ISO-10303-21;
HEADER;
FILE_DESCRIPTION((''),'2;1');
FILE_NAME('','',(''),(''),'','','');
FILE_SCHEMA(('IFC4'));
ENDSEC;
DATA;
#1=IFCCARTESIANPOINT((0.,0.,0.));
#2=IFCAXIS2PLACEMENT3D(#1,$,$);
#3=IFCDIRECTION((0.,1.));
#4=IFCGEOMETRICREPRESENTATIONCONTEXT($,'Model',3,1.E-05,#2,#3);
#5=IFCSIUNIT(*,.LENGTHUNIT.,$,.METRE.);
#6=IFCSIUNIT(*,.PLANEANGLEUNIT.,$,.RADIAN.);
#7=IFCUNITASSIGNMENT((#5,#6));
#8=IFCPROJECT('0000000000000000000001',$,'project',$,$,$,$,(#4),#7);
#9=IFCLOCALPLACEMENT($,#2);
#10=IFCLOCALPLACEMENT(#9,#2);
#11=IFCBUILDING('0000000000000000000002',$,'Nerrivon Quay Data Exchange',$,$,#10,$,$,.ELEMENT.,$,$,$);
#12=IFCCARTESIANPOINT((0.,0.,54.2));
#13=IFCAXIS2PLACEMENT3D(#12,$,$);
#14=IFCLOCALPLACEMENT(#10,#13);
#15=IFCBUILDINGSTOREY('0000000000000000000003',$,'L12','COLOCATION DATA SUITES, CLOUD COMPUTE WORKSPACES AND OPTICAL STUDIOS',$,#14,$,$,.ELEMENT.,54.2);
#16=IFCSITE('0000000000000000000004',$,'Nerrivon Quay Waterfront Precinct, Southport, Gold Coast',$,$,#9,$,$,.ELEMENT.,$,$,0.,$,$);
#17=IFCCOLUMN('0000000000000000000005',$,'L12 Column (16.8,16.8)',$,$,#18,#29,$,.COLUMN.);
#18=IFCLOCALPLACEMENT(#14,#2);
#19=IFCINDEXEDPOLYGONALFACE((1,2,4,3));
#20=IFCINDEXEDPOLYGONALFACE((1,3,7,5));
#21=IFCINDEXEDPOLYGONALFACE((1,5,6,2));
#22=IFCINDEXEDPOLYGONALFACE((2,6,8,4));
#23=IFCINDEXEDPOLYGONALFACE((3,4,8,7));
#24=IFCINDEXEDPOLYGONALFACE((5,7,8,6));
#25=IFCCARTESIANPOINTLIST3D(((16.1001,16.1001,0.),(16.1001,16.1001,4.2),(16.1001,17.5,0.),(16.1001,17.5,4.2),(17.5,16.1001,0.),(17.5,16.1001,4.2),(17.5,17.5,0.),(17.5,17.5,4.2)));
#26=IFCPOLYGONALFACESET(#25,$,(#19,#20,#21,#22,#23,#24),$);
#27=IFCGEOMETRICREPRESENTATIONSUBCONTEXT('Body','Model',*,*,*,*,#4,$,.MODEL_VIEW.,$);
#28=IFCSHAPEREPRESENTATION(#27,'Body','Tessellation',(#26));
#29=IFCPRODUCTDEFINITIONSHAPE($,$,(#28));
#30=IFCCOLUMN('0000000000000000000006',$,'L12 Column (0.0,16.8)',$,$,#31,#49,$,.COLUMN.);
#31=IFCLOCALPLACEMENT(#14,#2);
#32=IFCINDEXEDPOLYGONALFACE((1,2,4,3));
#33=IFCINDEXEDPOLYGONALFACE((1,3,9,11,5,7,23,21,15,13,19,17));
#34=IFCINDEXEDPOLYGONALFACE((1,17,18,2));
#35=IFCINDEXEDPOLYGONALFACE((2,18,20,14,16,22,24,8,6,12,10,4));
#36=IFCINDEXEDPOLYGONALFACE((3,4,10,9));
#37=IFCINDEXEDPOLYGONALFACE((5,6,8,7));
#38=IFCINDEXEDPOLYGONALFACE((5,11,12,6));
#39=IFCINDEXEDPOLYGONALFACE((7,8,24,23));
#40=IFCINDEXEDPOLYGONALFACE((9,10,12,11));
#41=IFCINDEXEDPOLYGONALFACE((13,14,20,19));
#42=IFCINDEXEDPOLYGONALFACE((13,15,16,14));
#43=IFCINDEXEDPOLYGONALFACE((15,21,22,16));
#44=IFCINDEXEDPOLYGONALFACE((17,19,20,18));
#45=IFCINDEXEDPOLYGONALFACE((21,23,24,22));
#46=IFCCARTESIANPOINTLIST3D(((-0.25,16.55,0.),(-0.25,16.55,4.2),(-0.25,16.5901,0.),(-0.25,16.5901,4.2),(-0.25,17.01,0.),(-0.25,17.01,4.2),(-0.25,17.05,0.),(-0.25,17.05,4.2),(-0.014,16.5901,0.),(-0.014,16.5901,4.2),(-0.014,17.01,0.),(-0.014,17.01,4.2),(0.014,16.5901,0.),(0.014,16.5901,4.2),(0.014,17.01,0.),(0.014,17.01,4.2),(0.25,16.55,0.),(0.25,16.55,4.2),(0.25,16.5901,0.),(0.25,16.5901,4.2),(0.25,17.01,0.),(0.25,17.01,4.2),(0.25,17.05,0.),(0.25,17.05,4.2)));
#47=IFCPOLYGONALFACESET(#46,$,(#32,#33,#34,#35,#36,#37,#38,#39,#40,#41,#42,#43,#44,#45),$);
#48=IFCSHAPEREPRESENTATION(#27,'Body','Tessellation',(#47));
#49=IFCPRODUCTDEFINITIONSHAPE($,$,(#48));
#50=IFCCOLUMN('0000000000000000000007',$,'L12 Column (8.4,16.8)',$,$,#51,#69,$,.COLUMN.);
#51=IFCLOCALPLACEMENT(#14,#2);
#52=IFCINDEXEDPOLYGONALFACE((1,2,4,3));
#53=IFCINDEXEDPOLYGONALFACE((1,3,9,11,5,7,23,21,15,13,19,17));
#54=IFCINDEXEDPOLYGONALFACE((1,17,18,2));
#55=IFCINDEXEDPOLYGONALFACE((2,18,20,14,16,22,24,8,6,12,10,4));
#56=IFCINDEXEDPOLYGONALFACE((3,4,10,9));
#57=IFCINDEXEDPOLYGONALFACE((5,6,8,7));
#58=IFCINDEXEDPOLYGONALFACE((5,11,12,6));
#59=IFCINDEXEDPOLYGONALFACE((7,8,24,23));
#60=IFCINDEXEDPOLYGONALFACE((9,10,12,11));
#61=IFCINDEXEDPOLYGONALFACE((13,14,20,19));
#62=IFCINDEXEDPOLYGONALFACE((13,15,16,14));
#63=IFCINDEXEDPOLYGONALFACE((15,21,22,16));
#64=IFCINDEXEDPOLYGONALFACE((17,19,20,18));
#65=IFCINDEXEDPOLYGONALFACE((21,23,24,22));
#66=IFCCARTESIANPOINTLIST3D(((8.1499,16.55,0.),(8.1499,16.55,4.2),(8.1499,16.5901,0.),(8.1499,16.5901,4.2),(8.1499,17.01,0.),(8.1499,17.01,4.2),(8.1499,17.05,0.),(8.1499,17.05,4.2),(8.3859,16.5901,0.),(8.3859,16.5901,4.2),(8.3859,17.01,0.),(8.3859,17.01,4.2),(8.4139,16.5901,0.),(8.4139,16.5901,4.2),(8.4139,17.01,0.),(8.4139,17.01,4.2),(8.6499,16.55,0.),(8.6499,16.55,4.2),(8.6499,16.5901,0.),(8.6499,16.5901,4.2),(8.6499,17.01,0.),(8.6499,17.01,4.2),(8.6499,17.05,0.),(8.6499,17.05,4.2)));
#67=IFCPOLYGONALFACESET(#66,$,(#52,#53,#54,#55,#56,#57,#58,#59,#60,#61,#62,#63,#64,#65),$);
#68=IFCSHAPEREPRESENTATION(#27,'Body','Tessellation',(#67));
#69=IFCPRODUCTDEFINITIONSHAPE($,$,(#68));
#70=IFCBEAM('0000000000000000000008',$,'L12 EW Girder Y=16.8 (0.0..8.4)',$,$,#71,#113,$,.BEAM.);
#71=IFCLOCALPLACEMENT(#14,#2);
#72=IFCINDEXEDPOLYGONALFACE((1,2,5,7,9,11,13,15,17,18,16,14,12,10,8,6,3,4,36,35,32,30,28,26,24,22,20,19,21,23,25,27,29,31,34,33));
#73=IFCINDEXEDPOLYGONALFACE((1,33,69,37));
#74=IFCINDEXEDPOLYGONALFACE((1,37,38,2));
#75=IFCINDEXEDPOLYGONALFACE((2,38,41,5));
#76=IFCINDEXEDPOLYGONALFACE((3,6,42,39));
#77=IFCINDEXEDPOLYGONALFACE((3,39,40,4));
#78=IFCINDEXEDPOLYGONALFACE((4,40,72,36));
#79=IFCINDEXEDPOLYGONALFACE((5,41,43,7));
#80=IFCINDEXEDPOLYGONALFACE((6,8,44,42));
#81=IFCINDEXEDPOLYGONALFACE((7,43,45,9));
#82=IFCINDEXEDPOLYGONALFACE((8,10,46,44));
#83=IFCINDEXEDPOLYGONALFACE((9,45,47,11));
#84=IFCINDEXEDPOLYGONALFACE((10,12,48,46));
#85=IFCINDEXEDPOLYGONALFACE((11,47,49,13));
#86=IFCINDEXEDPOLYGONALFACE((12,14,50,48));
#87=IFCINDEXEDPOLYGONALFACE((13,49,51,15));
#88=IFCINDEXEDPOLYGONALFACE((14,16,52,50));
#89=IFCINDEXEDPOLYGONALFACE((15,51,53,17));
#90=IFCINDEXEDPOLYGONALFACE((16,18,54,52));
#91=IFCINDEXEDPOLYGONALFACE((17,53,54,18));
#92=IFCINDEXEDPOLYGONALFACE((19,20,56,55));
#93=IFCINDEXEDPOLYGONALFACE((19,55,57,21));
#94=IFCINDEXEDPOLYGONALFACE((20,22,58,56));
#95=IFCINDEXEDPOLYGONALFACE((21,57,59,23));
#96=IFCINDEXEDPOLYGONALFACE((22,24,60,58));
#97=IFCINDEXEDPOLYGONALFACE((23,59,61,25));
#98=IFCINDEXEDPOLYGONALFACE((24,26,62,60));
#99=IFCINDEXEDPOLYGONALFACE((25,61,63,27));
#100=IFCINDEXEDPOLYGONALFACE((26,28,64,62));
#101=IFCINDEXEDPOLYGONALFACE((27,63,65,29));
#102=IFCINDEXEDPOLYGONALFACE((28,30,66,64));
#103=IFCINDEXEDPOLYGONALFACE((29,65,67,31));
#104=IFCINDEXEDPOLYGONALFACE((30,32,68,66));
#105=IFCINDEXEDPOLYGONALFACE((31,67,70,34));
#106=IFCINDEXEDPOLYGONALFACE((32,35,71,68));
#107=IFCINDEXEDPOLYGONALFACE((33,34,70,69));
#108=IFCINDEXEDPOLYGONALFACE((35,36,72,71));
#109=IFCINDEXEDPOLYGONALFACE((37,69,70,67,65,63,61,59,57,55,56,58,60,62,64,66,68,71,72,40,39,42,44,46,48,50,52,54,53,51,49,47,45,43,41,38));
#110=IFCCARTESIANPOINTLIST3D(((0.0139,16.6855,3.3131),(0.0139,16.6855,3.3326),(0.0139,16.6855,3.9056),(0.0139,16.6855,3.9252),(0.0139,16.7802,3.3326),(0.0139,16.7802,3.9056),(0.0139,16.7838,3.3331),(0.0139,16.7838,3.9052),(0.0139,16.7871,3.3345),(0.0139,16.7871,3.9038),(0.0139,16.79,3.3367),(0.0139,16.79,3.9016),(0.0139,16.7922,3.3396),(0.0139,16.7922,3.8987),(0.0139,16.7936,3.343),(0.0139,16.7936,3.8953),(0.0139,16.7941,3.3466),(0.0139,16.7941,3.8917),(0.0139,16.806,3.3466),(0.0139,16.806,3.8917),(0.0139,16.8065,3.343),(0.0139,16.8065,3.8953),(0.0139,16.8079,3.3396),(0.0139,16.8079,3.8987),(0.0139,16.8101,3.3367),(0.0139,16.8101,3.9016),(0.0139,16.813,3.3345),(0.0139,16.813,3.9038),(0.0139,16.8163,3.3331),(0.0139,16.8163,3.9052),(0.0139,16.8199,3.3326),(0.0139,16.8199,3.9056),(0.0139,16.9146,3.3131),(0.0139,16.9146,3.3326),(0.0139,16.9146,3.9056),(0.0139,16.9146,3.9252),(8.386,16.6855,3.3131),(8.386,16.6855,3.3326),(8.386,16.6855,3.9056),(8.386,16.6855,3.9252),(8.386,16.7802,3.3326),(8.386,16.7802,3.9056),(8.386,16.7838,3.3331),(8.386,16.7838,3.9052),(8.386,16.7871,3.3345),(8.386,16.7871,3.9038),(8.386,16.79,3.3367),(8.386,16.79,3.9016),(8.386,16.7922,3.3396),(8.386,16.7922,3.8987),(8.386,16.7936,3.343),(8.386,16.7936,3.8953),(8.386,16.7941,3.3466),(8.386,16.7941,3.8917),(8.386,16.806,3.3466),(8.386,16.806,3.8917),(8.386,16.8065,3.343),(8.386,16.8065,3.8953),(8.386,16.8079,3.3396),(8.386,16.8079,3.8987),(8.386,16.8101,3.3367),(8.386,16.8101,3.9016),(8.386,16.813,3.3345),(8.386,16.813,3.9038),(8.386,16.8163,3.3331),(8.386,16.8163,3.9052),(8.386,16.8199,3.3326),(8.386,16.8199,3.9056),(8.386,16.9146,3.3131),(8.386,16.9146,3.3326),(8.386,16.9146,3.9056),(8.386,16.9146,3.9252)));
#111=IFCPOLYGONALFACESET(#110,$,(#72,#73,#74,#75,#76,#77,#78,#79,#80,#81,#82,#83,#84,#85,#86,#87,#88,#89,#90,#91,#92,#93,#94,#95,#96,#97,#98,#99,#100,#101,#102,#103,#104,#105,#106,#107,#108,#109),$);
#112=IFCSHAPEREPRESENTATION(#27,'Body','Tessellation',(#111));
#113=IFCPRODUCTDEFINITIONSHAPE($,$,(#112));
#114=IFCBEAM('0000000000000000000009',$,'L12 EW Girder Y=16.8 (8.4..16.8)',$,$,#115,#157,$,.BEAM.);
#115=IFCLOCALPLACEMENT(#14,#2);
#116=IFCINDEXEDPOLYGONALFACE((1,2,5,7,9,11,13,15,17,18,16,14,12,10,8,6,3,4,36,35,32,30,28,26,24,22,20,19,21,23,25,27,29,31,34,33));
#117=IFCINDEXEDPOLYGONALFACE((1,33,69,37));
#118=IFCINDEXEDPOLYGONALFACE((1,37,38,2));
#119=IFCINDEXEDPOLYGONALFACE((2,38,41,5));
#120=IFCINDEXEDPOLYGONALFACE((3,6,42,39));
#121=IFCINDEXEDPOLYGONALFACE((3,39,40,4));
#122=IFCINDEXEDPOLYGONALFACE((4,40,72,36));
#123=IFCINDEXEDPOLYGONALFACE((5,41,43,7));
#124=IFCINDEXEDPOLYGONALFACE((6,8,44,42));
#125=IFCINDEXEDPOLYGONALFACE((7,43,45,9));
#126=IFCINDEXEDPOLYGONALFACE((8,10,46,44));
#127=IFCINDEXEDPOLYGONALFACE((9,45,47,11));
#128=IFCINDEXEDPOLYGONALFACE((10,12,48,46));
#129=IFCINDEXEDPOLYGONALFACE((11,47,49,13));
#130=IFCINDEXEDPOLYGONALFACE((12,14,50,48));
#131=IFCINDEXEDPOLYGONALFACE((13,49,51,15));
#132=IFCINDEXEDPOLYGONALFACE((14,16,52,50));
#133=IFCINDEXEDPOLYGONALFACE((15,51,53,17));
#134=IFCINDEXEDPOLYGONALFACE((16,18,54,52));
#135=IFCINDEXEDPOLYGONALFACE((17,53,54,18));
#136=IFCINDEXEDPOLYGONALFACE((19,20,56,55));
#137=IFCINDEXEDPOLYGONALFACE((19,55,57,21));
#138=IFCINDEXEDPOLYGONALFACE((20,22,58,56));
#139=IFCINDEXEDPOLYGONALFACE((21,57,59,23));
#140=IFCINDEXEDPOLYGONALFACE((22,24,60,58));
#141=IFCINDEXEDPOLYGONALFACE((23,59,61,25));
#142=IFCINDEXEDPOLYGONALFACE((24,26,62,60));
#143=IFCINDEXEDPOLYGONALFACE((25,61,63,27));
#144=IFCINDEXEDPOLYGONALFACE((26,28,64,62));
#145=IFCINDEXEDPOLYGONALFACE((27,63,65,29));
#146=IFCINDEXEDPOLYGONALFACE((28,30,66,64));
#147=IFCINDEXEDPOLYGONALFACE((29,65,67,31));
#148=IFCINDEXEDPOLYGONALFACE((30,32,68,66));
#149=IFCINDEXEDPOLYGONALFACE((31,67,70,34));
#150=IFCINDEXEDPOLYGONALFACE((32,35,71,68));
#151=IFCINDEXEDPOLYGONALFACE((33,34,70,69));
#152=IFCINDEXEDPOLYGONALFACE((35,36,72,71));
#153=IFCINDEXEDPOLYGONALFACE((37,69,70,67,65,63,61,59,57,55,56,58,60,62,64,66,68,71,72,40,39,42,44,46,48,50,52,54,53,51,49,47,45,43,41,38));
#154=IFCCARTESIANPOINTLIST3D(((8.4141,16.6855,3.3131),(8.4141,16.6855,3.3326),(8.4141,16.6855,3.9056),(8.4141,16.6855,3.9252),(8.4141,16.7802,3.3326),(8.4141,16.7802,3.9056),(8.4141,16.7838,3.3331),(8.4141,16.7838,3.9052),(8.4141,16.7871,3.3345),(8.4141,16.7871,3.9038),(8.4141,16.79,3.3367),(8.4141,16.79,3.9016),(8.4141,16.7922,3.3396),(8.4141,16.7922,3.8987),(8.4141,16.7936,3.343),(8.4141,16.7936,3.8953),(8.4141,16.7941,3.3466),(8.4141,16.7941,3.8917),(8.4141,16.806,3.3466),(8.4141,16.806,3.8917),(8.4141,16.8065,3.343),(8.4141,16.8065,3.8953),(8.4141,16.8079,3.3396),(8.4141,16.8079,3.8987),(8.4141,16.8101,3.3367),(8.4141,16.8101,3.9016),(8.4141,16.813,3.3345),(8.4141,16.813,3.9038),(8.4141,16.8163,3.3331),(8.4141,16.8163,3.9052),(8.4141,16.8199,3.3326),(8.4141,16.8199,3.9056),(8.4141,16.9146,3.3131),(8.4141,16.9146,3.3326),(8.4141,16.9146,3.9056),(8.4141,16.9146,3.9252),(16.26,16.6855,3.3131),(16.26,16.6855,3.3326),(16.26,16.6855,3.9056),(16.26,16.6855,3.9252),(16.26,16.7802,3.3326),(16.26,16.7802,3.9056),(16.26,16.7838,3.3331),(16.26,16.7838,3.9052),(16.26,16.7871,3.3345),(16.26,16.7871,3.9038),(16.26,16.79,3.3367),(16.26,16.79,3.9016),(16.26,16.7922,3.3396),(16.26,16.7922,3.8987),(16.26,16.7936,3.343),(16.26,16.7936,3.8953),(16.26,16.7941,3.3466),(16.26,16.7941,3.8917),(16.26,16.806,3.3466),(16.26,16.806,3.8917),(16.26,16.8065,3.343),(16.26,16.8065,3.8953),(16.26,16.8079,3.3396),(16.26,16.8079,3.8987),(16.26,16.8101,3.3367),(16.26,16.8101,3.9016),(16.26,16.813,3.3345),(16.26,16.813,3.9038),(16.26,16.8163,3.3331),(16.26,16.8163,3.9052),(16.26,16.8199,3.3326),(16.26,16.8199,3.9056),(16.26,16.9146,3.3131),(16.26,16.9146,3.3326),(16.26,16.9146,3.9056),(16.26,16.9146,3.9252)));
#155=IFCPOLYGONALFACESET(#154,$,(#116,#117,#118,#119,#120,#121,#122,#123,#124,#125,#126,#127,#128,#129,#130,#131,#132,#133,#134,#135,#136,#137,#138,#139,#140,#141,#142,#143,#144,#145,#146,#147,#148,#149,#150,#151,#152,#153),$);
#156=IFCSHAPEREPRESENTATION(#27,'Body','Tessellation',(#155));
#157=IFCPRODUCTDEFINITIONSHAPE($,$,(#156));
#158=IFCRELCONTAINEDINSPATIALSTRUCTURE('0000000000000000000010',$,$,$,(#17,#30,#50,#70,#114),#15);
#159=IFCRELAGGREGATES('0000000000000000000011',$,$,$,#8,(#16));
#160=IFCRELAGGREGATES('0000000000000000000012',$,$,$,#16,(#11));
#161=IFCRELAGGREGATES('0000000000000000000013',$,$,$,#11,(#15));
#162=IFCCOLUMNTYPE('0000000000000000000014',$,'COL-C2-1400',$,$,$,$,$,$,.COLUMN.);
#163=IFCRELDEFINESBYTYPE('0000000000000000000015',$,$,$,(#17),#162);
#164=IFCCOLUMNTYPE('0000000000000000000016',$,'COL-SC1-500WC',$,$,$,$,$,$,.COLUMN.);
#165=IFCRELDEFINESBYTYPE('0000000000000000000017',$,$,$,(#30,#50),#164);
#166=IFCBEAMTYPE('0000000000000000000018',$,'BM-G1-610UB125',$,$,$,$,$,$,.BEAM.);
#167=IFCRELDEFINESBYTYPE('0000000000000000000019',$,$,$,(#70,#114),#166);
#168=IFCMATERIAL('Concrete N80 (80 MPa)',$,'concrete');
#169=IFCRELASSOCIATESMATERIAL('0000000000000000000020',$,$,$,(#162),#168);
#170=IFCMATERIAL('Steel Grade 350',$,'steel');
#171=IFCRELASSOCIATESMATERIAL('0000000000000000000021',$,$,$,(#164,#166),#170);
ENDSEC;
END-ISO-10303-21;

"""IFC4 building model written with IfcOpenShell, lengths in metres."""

from ifc_helpers import new_model, si_unit, direction, frame, origin, origin_2d, place, context, subcontext, project, spatial, rectangle, i_section, extrude, material, material_profile, profile_set, type_object, element, save


model = new_model("IFC4")

# Units and contexts
model_context = context("Model", 3, precision=1e-05, world=origin(), true_north=direction((0.0, 1.0)))
body_context = subcontext(model_context, "Body", "Model", "MODEL_VIEW")
ifc_project = project(units=[si_unit("LENGTHUNIT", "METRE"), si_unit("PLANEANGLEUNIT", "RADIAN")], contexts=[model_context])

# Site, building, storey
site_placement = place(None, origin())
site = spatial("IfcSite", under=ifc_project, at=site_placement, Name="Nerrivon Quay Waterfront Precinct, Southport, Gold Coast", CompositionType="ELEMENT", RefElevation=0.0)
building_placement = place(site_placement, origin())
building = spatial("IfcBuilding", under=site, at=building_placement, Name="Nerrivon Quay Data Exchange", CompositionType="ELEMENT")
storey_placement = place(building_placement, frame((0.0, 0.0, 54.2)))
storey = spatial("IfcBuildingStorey", under=building, at=storey_placement, Name="L12", Description="COLOCATION DATA SUITES, CLOUD COMPUTE WORKSPACES AND OPTICAL STUDIOS", CompositionType="ELEMENT", Elevation=54.2)

# Columns
ifc_material_1 = material(Name="Concrete N80 (80 MPa)", Category="concrete")
ifc_material_profile_1 = material_profile(ifc_material_1, rectangle(XDim=1.3999, YDim=1.3999, at=origin_2d()), Name="RC-COL-1400x1400")
ifc_profile_set_1 = profile_set([ifc_material_profile_1], Name="Concrete N80 (80 MPa)")
column_type_1 = type_object("IfcColumnType", Name="COL-C2-1400", PredefinedType="COLUMN", material=ifc_profile_set_1)
column_placement = place(storey_placement, frame((16.8, 16.8, 0.0), z_axis=(0.0, 0.0, 1.0), x_axis=(1.0, 0.0, 0.0)))
element("IfcColumn", 1, at=column_placement, inside=storey, type_object=column_type_1, Name="L12 Column (16.8,16.8)", PredefinedType="COLUMN", context=body_context, shape_type="SweptSolid", body=[
    extrude(rectangle(XDim=1.3999, YDim=1.3999, at=origin_2d()), origin(), (0.0, 0.0, 1.0), 4.2),
])
ifc_material_2 = material(Name="Steel Grade 350", Category="steel")
ifc_material_profile_2 = material_profile(ifc_material_2, i_section(OverallWidth=0.5, OverallDepth=0.5, WebThickness=0.0281, FlangeThickness=0.04, at=origin_2d()), Name="500WC440")
ifc_profile_set_2 = profile_set([ifc_material_profile_2], Name="Steel Grade 350")
column_type_2 = type_object("IfcColumnType", Name="COL-SC1-500WC", PredefinedType="COLUMN", material=ifc_profile_set_2)
for number, where, z_axis, x_axis, name in (
    (2, (0.0, 16.8, 0.0), (0.0, 0.0, 1.0), (1.0, 0.0, 0.0), "L12 Column (0.0,16.8)"),
    (3, (8.3999, 16.8, 0.0), (0.0, 0.0, 1.0), (1.0, 0.0, 0.0), "L12 Column (8.4,16.8)"),
):
    element("IfcColumn", number, at=place(storey_placement, frame(where, z_axis=z_axis, x_axis=x_axis)), inside=storey, type_object=column_type_2, Name=name, PredefinedType="COLUMN", context=body_context, shape_type="SweptSolid", body=[
        extrude(i_section(OverallWidth=0.5, OverallDepth=0.5, WebThickness=0.0281, FlangeThickness=0.04, at=origin_2d()), origin(), (0.0, 0.0, 1.0), 4.2),
    ])

# Beams
ifc_material_profile_3 = material_profile(ifc_material_2, i_section(OverallWidth=0.229, OverallDepth=0.6121, WebThickness=0.012, FlangeThickness=0.0195, FilletRadius=0.0139, at=origin_2d()), Name="610UB125")
ifc_profile_set_3 = profile_set([ifc_material_profile_3], Name="Steel Grade 350")
beam_type_1 = type_object("IfcBeamType", Name="BM-G1-610UB125", PredefinedType="BEAM", material=ifc_profile_set_3)
beam_1_placement = place(storey_placement, frame((0.0139, 16.8, 3.6191), z_axis=(1.0, 0.0, 0.0), x_axis=(0.0, 1.0, 0.0)))
element("IfcBeam", 4, at=beam_1_placement, inside=storey, type_object=beam_type_1, Name="L12 EW Girder Y=16.8 (0.0..8.4)", PredefinedType="BEAM", context=body_context, shape_type="SweptSolid", body=[
    extrude(i_section(OverallWidth=0.229, OverallDepth=0.6121, WebThickness=0.012, FlangeThickness=0.0195, FilletRadius=0.0139, at=origin_2d()), origin(), (0.0, 0.0, 1.0), 8.3721),
])
beam_2_placement = place(storey_placement, frame((8.4141, 16.8, 3.6191), z_axis=(1.0, 0.0, 0.0), x_axis=(0.0, 1.0, 0.0)))
element("IfcBeam", 5, at=beam_2_placement, inside=storey, type_object=beam_type_1, Name="L12 EW Girder Y=16.8 (8.4..16.8)", PredefinedType="BEAM", context=body_context, shape_type="SweptSolid", body=[
    extrude(i_section(OverallWidth=0.229, OverallDepth=0.6121, WebThickness=0.012, FlangeThickness=0.0195, FilletRadius=0.0139, at=origin_2d()), origin(), (0.0, 0.0, 1.0), 7.8459),
])

save(model, "model.ifc")
